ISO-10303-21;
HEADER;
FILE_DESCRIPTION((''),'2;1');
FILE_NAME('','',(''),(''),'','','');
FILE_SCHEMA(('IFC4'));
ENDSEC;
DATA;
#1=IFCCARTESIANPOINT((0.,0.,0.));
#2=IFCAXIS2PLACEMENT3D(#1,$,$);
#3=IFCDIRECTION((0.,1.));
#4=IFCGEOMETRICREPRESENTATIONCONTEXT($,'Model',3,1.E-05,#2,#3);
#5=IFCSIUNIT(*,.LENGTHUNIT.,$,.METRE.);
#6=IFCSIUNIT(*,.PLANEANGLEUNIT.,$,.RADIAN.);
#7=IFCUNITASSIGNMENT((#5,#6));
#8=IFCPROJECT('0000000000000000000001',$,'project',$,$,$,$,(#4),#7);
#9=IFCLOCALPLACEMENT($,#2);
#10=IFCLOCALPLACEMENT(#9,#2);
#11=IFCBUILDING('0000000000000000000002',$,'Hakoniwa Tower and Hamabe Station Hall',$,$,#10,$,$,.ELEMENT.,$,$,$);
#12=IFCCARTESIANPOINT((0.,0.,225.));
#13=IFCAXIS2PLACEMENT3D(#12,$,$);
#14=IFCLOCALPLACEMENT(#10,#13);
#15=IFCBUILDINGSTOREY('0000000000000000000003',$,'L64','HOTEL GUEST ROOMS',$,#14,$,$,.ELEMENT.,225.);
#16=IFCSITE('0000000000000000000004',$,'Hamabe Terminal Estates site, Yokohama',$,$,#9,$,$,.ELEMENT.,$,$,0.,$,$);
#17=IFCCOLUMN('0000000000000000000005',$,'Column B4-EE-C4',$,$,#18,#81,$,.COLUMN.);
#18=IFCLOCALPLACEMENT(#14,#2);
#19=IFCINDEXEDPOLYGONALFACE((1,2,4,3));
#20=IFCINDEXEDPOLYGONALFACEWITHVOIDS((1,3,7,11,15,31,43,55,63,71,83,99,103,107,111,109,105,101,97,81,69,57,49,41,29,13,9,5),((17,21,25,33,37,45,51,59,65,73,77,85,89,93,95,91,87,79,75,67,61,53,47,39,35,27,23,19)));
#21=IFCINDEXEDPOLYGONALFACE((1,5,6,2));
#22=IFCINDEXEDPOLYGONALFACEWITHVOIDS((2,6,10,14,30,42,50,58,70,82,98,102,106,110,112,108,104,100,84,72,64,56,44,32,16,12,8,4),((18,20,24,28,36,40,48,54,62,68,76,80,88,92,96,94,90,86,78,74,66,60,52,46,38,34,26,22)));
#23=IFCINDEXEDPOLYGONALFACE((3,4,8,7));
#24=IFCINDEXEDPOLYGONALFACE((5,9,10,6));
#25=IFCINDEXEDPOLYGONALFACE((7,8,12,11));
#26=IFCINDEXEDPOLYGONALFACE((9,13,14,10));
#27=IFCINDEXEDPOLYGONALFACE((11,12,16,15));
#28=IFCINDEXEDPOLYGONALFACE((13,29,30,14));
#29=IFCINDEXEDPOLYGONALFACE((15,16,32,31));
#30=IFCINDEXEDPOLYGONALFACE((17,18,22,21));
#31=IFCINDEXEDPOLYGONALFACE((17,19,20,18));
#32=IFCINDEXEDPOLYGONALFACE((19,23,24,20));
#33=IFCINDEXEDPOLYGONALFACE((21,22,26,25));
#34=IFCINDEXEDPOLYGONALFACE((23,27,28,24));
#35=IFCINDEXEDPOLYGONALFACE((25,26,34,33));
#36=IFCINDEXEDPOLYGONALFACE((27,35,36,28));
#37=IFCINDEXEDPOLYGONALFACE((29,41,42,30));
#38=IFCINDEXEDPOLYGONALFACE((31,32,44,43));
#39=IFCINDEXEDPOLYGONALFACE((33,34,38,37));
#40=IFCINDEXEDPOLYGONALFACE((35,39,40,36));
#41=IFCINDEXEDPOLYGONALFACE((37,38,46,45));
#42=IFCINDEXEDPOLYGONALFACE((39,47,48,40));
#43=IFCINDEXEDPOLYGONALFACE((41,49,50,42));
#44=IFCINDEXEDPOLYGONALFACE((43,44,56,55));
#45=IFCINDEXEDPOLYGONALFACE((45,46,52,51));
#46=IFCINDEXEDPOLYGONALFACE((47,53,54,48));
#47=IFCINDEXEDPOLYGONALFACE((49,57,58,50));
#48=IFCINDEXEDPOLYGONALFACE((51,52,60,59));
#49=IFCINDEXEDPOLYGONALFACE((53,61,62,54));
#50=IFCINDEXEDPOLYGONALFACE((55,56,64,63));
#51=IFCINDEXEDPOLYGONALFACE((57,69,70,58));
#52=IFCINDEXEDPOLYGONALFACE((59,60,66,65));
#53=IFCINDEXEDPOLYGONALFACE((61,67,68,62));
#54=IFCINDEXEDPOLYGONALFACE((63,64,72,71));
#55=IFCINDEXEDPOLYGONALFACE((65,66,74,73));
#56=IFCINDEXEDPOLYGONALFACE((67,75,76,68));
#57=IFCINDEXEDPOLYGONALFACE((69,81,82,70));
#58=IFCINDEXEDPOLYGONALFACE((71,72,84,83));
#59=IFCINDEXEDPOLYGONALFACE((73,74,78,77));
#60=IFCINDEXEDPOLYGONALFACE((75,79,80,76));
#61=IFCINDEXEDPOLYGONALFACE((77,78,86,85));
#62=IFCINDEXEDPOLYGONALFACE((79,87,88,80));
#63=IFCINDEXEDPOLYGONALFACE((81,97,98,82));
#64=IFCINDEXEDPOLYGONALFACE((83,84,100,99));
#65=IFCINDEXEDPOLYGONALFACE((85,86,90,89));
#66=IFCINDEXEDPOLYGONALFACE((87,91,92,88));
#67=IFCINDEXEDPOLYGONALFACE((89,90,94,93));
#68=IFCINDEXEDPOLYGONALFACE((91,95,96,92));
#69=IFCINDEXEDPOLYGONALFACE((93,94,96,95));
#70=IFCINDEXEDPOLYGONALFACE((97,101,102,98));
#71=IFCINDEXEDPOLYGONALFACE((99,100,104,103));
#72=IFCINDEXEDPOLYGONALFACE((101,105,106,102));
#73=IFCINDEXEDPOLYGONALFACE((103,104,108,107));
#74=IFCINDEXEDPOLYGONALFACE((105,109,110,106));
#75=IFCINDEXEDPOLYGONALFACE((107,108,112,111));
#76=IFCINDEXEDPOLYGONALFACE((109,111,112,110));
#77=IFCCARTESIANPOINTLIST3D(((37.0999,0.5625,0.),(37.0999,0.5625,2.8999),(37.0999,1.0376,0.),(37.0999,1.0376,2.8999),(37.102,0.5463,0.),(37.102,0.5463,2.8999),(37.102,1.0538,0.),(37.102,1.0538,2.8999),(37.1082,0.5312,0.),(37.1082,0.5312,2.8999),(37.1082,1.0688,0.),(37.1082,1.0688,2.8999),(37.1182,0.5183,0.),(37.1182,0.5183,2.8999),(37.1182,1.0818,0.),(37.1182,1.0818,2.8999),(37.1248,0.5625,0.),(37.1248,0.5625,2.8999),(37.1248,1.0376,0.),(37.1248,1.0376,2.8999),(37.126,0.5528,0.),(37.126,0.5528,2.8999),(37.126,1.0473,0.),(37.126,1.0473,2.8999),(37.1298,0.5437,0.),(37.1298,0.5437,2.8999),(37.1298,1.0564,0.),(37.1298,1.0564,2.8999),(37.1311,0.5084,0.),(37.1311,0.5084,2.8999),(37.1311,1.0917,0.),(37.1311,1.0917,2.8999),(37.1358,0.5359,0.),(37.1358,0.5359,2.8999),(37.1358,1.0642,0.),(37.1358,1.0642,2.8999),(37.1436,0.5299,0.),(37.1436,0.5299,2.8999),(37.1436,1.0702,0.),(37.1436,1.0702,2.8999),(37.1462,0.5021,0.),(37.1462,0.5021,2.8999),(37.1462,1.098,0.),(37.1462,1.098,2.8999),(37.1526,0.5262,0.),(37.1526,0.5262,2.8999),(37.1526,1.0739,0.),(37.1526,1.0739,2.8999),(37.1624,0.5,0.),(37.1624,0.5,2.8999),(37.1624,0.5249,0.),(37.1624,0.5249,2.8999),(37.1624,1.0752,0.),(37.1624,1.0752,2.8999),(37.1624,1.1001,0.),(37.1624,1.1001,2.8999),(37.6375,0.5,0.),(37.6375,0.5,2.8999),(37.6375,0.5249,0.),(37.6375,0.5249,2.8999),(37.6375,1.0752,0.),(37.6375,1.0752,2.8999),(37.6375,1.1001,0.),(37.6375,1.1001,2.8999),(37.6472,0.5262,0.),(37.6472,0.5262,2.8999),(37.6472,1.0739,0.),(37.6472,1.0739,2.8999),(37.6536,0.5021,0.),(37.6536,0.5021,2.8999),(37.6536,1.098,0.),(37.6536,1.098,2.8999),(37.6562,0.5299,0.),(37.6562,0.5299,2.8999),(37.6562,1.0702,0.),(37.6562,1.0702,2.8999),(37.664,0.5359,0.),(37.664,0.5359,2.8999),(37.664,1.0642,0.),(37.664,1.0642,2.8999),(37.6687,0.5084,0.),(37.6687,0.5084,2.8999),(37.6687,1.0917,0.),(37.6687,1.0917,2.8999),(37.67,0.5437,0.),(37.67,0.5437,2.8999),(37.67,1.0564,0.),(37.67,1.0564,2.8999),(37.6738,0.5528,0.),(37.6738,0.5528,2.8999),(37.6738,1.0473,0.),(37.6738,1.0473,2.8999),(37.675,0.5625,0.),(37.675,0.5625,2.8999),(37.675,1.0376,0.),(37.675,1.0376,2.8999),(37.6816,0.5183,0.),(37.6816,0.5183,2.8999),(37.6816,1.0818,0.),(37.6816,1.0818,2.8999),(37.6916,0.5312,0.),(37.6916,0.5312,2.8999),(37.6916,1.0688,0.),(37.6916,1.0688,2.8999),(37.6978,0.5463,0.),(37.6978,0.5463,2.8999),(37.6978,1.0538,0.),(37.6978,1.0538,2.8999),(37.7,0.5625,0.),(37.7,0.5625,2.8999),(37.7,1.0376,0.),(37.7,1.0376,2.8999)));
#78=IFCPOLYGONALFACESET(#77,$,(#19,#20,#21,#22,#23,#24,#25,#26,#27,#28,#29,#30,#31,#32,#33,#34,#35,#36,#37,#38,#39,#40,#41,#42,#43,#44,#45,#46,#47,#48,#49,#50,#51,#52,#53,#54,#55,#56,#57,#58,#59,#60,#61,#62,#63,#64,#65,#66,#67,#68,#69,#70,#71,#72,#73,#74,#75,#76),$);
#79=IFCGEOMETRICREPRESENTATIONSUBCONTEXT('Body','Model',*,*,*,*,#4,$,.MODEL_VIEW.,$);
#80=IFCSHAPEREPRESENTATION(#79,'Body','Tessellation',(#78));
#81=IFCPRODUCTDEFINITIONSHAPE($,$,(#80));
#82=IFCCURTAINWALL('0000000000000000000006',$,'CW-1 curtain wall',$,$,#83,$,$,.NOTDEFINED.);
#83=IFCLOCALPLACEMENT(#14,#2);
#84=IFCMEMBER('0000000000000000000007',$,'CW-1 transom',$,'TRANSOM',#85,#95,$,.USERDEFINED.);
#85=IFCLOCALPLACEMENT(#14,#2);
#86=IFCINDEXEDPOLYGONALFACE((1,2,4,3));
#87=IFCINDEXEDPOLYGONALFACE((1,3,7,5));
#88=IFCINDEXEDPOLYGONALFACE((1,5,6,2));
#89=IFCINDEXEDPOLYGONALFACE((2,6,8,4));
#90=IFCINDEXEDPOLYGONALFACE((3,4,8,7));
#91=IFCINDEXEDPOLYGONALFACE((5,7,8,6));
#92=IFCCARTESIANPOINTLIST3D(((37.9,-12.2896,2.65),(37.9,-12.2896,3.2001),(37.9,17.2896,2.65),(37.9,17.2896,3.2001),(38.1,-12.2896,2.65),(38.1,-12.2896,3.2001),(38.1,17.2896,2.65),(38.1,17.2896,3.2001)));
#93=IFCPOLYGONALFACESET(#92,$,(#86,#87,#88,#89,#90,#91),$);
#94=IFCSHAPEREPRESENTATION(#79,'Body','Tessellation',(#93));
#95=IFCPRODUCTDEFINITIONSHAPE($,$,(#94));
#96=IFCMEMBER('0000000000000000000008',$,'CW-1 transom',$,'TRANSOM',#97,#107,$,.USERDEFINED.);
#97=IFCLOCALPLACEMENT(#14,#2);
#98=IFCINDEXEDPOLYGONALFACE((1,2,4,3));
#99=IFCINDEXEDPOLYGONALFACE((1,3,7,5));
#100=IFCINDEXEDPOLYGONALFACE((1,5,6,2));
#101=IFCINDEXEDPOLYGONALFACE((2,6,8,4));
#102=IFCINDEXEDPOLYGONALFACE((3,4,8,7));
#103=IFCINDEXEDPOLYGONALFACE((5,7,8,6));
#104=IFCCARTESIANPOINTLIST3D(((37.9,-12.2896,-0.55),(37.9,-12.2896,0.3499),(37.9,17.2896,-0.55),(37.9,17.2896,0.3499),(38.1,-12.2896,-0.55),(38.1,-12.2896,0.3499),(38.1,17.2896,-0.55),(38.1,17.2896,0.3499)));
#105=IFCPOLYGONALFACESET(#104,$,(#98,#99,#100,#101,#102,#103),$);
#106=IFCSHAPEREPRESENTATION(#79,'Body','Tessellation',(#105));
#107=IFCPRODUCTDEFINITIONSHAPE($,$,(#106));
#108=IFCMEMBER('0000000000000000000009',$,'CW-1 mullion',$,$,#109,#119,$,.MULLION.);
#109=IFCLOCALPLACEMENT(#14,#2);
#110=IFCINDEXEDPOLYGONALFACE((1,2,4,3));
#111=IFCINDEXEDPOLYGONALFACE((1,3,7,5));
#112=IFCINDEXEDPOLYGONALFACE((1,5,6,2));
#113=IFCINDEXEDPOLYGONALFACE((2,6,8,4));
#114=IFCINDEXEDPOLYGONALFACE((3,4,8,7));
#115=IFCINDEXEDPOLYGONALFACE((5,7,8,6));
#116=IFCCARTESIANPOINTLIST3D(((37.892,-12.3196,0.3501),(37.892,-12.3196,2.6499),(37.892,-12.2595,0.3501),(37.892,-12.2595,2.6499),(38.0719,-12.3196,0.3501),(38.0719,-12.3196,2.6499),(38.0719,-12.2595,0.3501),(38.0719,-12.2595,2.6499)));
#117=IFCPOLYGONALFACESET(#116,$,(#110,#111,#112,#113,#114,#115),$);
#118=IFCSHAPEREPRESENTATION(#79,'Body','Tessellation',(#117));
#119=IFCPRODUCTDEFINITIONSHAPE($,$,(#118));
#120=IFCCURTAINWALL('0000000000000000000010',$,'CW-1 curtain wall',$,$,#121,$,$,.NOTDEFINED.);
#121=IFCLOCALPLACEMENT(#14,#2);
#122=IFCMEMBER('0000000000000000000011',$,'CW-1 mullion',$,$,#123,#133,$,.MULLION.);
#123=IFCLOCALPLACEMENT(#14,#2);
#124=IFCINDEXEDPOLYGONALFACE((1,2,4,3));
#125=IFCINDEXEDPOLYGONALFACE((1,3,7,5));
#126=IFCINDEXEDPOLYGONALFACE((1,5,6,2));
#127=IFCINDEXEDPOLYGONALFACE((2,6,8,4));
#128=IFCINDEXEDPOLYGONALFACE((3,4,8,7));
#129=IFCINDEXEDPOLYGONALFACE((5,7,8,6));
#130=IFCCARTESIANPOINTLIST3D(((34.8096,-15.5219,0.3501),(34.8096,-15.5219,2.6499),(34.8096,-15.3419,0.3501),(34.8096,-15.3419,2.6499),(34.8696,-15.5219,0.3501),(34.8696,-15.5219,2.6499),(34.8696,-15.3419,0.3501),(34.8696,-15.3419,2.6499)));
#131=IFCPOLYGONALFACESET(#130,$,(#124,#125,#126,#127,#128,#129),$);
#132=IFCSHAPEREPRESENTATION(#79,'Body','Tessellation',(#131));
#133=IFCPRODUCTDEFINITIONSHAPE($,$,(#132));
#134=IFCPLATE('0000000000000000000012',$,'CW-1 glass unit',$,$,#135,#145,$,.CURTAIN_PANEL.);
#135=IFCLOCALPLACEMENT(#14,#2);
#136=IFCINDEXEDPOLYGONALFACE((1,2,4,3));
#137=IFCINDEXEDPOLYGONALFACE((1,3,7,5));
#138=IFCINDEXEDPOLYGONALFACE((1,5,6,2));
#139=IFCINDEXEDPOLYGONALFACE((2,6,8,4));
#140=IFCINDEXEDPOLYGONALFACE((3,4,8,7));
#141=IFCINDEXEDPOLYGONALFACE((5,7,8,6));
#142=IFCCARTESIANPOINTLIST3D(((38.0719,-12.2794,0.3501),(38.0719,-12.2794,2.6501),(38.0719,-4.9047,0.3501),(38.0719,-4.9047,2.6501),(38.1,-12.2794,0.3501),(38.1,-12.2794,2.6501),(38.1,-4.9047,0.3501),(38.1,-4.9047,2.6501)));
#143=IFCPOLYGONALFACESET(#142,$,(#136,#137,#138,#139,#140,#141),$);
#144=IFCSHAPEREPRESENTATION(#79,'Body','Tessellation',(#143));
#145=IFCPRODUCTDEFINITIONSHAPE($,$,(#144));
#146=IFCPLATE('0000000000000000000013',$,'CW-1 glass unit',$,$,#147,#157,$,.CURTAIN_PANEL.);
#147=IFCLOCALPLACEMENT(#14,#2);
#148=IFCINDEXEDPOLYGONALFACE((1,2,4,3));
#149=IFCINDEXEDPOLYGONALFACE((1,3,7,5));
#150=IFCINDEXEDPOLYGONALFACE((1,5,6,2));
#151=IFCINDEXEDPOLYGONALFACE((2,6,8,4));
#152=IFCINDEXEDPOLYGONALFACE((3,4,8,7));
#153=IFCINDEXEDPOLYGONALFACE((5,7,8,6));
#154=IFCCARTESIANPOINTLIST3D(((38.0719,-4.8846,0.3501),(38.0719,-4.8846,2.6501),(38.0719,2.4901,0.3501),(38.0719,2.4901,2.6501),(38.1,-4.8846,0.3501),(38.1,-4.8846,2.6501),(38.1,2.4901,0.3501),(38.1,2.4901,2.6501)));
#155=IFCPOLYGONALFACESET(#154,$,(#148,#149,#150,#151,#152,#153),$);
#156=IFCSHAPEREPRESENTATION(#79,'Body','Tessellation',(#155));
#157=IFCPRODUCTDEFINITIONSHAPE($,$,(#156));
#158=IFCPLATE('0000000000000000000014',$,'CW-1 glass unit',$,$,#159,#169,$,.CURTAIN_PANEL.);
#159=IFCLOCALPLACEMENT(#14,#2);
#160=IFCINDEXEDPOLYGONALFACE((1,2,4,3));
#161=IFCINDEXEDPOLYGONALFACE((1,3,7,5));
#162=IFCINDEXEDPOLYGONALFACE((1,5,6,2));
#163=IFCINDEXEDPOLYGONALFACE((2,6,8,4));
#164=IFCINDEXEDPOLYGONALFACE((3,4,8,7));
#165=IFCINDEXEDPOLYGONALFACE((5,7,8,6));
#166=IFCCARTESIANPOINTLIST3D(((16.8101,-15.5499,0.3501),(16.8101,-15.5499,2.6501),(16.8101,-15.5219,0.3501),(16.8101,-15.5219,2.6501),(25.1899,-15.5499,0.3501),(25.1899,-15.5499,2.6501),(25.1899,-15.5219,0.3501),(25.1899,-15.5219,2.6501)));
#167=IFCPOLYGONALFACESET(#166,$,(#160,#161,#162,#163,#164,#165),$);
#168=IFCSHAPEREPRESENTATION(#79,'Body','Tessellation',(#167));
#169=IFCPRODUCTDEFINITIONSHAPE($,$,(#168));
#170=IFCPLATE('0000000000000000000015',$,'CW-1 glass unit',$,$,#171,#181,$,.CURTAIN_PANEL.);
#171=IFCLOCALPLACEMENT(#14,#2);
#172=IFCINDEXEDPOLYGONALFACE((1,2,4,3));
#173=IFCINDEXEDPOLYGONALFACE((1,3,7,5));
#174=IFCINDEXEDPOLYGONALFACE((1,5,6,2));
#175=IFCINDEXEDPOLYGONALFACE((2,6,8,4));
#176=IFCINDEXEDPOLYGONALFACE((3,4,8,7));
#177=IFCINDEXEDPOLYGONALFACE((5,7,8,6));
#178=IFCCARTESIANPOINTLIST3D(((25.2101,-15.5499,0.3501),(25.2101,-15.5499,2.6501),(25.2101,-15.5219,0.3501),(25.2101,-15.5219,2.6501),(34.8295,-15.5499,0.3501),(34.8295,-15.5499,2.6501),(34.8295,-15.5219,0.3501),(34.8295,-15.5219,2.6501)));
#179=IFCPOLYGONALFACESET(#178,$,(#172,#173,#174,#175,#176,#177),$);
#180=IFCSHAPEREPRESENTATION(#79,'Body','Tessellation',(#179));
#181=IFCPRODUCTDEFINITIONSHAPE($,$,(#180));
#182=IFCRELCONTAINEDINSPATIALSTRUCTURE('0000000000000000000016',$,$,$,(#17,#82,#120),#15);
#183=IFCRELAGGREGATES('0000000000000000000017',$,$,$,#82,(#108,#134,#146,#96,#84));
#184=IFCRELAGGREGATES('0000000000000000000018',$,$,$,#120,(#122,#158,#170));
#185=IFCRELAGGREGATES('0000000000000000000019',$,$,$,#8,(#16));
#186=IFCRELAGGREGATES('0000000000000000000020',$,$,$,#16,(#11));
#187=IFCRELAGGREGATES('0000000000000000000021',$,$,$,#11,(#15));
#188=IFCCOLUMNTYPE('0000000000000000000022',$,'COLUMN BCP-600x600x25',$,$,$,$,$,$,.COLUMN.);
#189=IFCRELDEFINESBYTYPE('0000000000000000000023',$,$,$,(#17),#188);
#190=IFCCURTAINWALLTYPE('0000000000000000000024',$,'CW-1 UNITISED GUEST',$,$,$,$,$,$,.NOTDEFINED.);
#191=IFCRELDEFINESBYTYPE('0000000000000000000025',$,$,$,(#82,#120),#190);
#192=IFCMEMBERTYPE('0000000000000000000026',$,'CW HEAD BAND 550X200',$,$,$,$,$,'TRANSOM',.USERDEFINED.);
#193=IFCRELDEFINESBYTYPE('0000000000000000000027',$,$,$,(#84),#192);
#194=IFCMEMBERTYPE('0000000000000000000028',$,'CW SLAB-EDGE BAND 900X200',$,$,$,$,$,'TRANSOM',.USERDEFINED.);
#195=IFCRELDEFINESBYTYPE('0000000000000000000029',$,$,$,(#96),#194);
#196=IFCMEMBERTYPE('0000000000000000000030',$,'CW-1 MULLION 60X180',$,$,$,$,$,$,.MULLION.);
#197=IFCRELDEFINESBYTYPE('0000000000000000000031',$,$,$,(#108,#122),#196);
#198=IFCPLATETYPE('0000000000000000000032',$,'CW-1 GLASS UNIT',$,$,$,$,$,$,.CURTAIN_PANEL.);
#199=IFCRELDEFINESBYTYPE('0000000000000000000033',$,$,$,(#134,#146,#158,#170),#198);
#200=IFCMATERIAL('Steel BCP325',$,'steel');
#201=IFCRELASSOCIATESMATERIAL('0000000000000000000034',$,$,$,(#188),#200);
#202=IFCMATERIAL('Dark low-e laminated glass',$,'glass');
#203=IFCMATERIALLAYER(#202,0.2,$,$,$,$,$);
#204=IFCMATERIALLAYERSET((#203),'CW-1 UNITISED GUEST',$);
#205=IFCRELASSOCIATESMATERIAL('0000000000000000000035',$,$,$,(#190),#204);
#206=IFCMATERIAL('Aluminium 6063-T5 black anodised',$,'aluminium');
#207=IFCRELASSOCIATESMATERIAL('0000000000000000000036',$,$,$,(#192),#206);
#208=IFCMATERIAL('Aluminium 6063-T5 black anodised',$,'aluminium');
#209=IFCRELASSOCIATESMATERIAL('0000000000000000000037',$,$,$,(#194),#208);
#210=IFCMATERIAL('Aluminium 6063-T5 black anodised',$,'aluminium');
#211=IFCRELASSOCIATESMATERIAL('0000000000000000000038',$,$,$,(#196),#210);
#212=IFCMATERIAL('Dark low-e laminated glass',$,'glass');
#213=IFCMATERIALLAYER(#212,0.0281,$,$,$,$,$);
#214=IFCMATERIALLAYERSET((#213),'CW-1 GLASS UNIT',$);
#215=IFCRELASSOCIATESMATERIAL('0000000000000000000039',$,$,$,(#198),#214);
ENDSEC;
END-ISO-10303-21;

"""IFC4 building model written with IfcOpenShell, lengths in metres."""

from ifc_helpers import new_model, si_unit, direction, frame, origin, origin_2d, place, context, subcontext, project, spatial, rectangle, hollow_rectangle, extrude, material, layer, layer_set, material_profile, profile_set, type_object, element, aggregate, save


model = new_model("IFC4")

# Units and contexts
model_context = context("Model", 3, precision=1e-05, world=origin(), true_north=direction((0.0, 1.0)))
body_context = subcontext(model_context, "Body", "Model", "MODEL_VIEW")
ifc_project = project(units=[si_unit("LENGTHUNIT", "METRE"), si_unit("PLANEANGLEUNIT", "RADIAN")], contexts=[model_context])

# Site, building, storey
site_placement = place(None, origin())
site = spatial("IfcSite", under=ifc_project, at=site_placement, Name="Hamabe Terminal Estates site, Yokohama", CompositionType="ELEMENT", RefElevation=0.0)
building_placement = place(site_placement, origin())
building = spatial("IfcBuilding", under=site, at=building_placement, Name="Hakoniwa Tower and Hamabe Station Hall", CompositionType="ELEMENT")
storey_placement = place(building_placement, frame((0.0, 0.0, 225.0)))
storey = spatial("IfcBuildingStorey", under=building, at=storey_placement, Name="L64", Description="HOTEL GUEST ROOMS", CompositionType="ELEMENT", Elevation=225.0)

# Column
ifc_material_1 = material(Name="Steel BCP325", Category="steel")
ifc_material_profile_1 = material_profile(ifc_material_1, hollow_rectangle(XDim=0.6001, YDim=0.6001, WallThickness=0.0249, InnerFilletRadius=0.0376, OuterFilletRadius=0.0625, at=origin_2d()), Name="BCP-600x600x25")
ifc_profile_set_1 = profile_set([ifc_material_profile_1], Name="Steel BCP325")
column_type = type_object("IfcColumnType", Name="COLUMN BCP-600x600x25", PredefinedType="COLUMN", material=ifc_profile_set_1)
for number, where, z_axis, x_axis, name in (
    (1, (37.3999, 0.8, 0.0), (0.0, 0.0, 1.0), (1.0, 0.0, 0.0), "Column B4-EE-C4"),
):
    element("IfcColumn", number, at=place(storey_placement, frame(where, z_axis=z_axis, x_axis=x_axis)), inside=storey, type_object=column_type, Name=name, PredefinedType="COLUMN", context=body_context, shape_type="SweptSolid", body=[
        extrude(hollow_rectangle(XDim=0.6001, YDim=0.6001, WallThickness=0.0249, InnerFilletRadius=0.0376, OuterFilletRadius=0.0625, at=origin_2d()), origin(), (0.0, 0.0, 1.0), 2.8999),
    ])

# Curtain wall, members
ifc_material_2 = material(Name="Dark low-e laminated glass", Category="glass")
ifc_layer_1 = layer(ifc_material_2, 0.2)
ifc_layer_set_1 = layer_set([ifc_layer_1], Name="CW-1 UNITISED GUEST")
curtain_wall_type = type_object("IfcCurtainWallType", Name="CW-1 UNITISED GUEST", PredefinedType="NOTDEFINED", material=ifc_layer_set_1)
curtain_wall_1_placement = place(storey_placement, origin())
curtain_wall_1 = element("IfcCurtainWall", 2, at=curtain_wall_1_placement, inside=storey, type_object=curtain_wall_type, Name="CW-1 curtain wall", PredefinedType="NOTDEFINED")
ifc_material_3 = material(Name="Aluminium 6063-T5 black anodised", Category="aluminium")
ifc_material_profile_2 = material_profile(ifc_material_3, rectangle(XDim=0.2, YDim=0.55, at=origin_2d()), Name="CW HEAD BAND 550X200")
ifc_profile_set_2 = profile_set([ifc_material_profile_2], Name="Aluminium 6063-T5 black anodised")
member_type_1 = type_object("IfcMemberType", Name="CW HEAD BAND 550X200", ElementType="TRANSOM", PredefinedType="USERDEFINED", material=ifc_profile_set_2)
member_1_placement = place(storey_placement, frame((38.0, -12.2896, 2.925), z_axis=(0.0, 1.0, 0.0), x_axis=(-1.0, 0.0, 0.0)))
member_1 = element("IfcMember", 3, at=member_1_placement, type_object=member_type_1, Name="CW-1 transom", ObjectType="TRANSOM", PredefinedType="USERDEFINED", context=body_context, shape_type="SweptSolid", body=[
    extrude(rectangle(XDim=0.2, YDim=0.55, at=origin_2d()), origin(), (0.0, 0.0, 1.0), 29.5791),
])
ifc_material_4 = material(Name="Aluminium 6063-T5 black anodised", Category="aluminium")
ifc_material_profile_3 = material_profile(ifc_material_4, rectangle(XDim=0.2, YDim=0.8999, at=origin_2d()), Name="CW SLAB-EDGE BAND 900X200")
ifc_profile_set_3 = profile_set([ifc_material_profile_3], Name="Aluminium 6063-T5 black anodised")
member_type_2 = type_object("IfcMemberType", Name="CW SLAB-EDGE BAND 900X200", ElementType="TRANSOM", PredefinedType="USERDEFINED", material=ifc_profile_set_3)
member_2_placement = place(storey_placement, frame((38.0, -12.2896, -0.1001), z_axis=(0.0, 1.0, 0.0), x_axis=(-1.0, 0.0, 0.0)))
member_2 = element("IfcMember", 4, at=member_2_placement, type_object=member_type_2, Name="CW-1 transom", ObjectType="TRANSOM", PredefinedType="USERDEFINED", context=body_context, shape_type="SweptSolid", body=[
    extrude(rectangle(XDim=0.2, YDim=0.8999, at=origin_2d()), origin(), (0.0, 0.0, 1.0), 29.5791),
])
ifc_material_5 = material(Name="Aluminium 6063-T5 black anodised", Category="aluminium")
ifc_material_profile_4 = material_profile(ifc_material_5, rectangle(XDim=0.0601, YDim=0.1799, at=origin_2d()), Name="CW-1 MULLION 60X180")
ifc_profile_set_4 = profile_set([ifc_material_profile_4], Name="Aluminium 6063-T5 black anodised")
member_type_3 = type_object("IfcMemberType", Name="CW-1 MULLION 60X180", PredefinedType="MULLION", material=ifc_profile_set_4)
member_3_placement = place(storey_placement, frame((37.9819, -12.2896, 0.3501), z_axis=(0.0, 0.0, 1.0), x_axis=(0.0, 1.0, 0.0)))
member_3 = element("IfcMember", 5, at=member_3_placement, type_object=member_type_3, Name="CW-1 mullion", PredefinedType="MULLION", context=body_context, shape_type="SweptSolid", body=[
    extrude(rectangle(XDim=0.0601, YDim=0.1799, at=origin_2d()), origin(), (0.0, 0.0, 1.0), 2.2998),
])

# Curtain wall, member
curtain_wall_2_placement = place(storey_placement, origin())
curtain_wall_2 = element("IfcCurtainWall", 6, at=curtain_wall_2_placement, inside=storey, type_object=curtain_wall_type, Name="CW-1 curtain wall", PredefinedType="NOTDEFINED")
member_4_placement = place(storey_placement, frame((34.8396, -15.4319, 0.3501), z_axis=(0.0, 0.0, 1.0), x_axis=(1.0, 0.0, 0.0)))
member_4 = element("IfcMember", 7, at=member_4_placement, type_object=member_type_3, Name="CW-1 mullion", PredefinedType="MULLION", context=body_context, shape_type="SweptSolid", body=[
    extrude(rectangle(XDim=0.0601, YDim=0.1799, at=origin_2d()), origin(), (0.0, 0.0, 1.0), 2.2998),
])

# Plates
ifc_material_6 = material(Name="Dark low-e laminated glass", Category="glass")
ifc_layer_2 = layer(ifc_material_6, 0.0281)
ifc_layer_set_2 = layer_set([ifc_layer_2], Name="CW-1 GLASS UNIT")
plate_type = type_object("IfcPlateType", Name="CW-1 GLASS UNIT", PredefinedType="CURTAIN_PANEL", material=ifc_layer_set_2)
plate_1_placement = place(storey_placement, frame((38.0859, -8.592, 0.3501), z_axis=(0.0, 0.0, 1.0), x_axis=(0.0, 1.0, 0.0)))
plate_1 = element("IfcPlate", 8, at=plate_1_placement, type_object=plate_type, Name="CW-1 glass unit", PredefinedType="CURTAIN_PANEL", context=body_context, shape_type="SweptSolid", body=[
    extrude(rectangle(XDim=7.3748, YDim=0.0281, at=origin_2d()), origin(), (0.0, 0.0, 1.0), 2.3),
])
plate_2_placement = place(storey_placement, frame((38.0859, -1.1973, 0.3501), z_axis=(0.0, 0.0, 1.0), x_axis=(0.0, 1.0, 0.0)))
plate_2 = element("IfcPlate", 9, at=plate_2_placement, type_object=plate_type, Name="CW-1 glass unit", PredefinedType="CURTAIN_PANEL", context=body_context, shape_type="SweptSolid", body=[
    extrude(rectangle(XDim=7.3748, YDim=0.0281, at=origin_2d()), origin(), (0.0, 0.0, 1.0), 2.3),
])
aggregate(curtain_wall_1, [member_3, plate_1, plate_2, member_2, member_1])
plate_3_placement = place(storey_placement, frame((21.0, -15.5359, 0.3501), z_axis=(0.0, 0.0, 1.0), x_axis=(1.0, 0.0, 0.0)))
plate_3 = element("IfcPlate", 10, at=plate_3_placement, type_object=plate_type, Name="CW-1 glass unit", PredefinedType="CURTAIN_PANEL", context=body_context, shape_type="SweptSolid", body=[
    extrude(rectangle(XDim=8.3799, YDim=0.0281, at=origin_2d()), origin(), (0.0, 0.0, 1.0), 2.3),
])
plate_4_placement = place(storey_placement, frame((30.0198, -15.5359, 0.3501), z_axis=(0.0, 0.0, 1.0), x_axis=(1.0, 0.0, 0.0)))
plate_4 = element("IfcPlate", 11, at=plate_4_placement, type_object=plate_type, Name="CW-1 glass unit", PredefinedType="CURTAIN_PANEL", context=body_context, shape_type="SweptSolid", body=[
    extrude(rectangle(XDim=9.6194, YDim=0.0281, at=origin_2d()), origin(), (0.0, 0.0, 1.0), 2.3),
])
aggregate(curtain_wall_2, [member_4, plate_3, plate_4])

save(model, "model.ifc")
